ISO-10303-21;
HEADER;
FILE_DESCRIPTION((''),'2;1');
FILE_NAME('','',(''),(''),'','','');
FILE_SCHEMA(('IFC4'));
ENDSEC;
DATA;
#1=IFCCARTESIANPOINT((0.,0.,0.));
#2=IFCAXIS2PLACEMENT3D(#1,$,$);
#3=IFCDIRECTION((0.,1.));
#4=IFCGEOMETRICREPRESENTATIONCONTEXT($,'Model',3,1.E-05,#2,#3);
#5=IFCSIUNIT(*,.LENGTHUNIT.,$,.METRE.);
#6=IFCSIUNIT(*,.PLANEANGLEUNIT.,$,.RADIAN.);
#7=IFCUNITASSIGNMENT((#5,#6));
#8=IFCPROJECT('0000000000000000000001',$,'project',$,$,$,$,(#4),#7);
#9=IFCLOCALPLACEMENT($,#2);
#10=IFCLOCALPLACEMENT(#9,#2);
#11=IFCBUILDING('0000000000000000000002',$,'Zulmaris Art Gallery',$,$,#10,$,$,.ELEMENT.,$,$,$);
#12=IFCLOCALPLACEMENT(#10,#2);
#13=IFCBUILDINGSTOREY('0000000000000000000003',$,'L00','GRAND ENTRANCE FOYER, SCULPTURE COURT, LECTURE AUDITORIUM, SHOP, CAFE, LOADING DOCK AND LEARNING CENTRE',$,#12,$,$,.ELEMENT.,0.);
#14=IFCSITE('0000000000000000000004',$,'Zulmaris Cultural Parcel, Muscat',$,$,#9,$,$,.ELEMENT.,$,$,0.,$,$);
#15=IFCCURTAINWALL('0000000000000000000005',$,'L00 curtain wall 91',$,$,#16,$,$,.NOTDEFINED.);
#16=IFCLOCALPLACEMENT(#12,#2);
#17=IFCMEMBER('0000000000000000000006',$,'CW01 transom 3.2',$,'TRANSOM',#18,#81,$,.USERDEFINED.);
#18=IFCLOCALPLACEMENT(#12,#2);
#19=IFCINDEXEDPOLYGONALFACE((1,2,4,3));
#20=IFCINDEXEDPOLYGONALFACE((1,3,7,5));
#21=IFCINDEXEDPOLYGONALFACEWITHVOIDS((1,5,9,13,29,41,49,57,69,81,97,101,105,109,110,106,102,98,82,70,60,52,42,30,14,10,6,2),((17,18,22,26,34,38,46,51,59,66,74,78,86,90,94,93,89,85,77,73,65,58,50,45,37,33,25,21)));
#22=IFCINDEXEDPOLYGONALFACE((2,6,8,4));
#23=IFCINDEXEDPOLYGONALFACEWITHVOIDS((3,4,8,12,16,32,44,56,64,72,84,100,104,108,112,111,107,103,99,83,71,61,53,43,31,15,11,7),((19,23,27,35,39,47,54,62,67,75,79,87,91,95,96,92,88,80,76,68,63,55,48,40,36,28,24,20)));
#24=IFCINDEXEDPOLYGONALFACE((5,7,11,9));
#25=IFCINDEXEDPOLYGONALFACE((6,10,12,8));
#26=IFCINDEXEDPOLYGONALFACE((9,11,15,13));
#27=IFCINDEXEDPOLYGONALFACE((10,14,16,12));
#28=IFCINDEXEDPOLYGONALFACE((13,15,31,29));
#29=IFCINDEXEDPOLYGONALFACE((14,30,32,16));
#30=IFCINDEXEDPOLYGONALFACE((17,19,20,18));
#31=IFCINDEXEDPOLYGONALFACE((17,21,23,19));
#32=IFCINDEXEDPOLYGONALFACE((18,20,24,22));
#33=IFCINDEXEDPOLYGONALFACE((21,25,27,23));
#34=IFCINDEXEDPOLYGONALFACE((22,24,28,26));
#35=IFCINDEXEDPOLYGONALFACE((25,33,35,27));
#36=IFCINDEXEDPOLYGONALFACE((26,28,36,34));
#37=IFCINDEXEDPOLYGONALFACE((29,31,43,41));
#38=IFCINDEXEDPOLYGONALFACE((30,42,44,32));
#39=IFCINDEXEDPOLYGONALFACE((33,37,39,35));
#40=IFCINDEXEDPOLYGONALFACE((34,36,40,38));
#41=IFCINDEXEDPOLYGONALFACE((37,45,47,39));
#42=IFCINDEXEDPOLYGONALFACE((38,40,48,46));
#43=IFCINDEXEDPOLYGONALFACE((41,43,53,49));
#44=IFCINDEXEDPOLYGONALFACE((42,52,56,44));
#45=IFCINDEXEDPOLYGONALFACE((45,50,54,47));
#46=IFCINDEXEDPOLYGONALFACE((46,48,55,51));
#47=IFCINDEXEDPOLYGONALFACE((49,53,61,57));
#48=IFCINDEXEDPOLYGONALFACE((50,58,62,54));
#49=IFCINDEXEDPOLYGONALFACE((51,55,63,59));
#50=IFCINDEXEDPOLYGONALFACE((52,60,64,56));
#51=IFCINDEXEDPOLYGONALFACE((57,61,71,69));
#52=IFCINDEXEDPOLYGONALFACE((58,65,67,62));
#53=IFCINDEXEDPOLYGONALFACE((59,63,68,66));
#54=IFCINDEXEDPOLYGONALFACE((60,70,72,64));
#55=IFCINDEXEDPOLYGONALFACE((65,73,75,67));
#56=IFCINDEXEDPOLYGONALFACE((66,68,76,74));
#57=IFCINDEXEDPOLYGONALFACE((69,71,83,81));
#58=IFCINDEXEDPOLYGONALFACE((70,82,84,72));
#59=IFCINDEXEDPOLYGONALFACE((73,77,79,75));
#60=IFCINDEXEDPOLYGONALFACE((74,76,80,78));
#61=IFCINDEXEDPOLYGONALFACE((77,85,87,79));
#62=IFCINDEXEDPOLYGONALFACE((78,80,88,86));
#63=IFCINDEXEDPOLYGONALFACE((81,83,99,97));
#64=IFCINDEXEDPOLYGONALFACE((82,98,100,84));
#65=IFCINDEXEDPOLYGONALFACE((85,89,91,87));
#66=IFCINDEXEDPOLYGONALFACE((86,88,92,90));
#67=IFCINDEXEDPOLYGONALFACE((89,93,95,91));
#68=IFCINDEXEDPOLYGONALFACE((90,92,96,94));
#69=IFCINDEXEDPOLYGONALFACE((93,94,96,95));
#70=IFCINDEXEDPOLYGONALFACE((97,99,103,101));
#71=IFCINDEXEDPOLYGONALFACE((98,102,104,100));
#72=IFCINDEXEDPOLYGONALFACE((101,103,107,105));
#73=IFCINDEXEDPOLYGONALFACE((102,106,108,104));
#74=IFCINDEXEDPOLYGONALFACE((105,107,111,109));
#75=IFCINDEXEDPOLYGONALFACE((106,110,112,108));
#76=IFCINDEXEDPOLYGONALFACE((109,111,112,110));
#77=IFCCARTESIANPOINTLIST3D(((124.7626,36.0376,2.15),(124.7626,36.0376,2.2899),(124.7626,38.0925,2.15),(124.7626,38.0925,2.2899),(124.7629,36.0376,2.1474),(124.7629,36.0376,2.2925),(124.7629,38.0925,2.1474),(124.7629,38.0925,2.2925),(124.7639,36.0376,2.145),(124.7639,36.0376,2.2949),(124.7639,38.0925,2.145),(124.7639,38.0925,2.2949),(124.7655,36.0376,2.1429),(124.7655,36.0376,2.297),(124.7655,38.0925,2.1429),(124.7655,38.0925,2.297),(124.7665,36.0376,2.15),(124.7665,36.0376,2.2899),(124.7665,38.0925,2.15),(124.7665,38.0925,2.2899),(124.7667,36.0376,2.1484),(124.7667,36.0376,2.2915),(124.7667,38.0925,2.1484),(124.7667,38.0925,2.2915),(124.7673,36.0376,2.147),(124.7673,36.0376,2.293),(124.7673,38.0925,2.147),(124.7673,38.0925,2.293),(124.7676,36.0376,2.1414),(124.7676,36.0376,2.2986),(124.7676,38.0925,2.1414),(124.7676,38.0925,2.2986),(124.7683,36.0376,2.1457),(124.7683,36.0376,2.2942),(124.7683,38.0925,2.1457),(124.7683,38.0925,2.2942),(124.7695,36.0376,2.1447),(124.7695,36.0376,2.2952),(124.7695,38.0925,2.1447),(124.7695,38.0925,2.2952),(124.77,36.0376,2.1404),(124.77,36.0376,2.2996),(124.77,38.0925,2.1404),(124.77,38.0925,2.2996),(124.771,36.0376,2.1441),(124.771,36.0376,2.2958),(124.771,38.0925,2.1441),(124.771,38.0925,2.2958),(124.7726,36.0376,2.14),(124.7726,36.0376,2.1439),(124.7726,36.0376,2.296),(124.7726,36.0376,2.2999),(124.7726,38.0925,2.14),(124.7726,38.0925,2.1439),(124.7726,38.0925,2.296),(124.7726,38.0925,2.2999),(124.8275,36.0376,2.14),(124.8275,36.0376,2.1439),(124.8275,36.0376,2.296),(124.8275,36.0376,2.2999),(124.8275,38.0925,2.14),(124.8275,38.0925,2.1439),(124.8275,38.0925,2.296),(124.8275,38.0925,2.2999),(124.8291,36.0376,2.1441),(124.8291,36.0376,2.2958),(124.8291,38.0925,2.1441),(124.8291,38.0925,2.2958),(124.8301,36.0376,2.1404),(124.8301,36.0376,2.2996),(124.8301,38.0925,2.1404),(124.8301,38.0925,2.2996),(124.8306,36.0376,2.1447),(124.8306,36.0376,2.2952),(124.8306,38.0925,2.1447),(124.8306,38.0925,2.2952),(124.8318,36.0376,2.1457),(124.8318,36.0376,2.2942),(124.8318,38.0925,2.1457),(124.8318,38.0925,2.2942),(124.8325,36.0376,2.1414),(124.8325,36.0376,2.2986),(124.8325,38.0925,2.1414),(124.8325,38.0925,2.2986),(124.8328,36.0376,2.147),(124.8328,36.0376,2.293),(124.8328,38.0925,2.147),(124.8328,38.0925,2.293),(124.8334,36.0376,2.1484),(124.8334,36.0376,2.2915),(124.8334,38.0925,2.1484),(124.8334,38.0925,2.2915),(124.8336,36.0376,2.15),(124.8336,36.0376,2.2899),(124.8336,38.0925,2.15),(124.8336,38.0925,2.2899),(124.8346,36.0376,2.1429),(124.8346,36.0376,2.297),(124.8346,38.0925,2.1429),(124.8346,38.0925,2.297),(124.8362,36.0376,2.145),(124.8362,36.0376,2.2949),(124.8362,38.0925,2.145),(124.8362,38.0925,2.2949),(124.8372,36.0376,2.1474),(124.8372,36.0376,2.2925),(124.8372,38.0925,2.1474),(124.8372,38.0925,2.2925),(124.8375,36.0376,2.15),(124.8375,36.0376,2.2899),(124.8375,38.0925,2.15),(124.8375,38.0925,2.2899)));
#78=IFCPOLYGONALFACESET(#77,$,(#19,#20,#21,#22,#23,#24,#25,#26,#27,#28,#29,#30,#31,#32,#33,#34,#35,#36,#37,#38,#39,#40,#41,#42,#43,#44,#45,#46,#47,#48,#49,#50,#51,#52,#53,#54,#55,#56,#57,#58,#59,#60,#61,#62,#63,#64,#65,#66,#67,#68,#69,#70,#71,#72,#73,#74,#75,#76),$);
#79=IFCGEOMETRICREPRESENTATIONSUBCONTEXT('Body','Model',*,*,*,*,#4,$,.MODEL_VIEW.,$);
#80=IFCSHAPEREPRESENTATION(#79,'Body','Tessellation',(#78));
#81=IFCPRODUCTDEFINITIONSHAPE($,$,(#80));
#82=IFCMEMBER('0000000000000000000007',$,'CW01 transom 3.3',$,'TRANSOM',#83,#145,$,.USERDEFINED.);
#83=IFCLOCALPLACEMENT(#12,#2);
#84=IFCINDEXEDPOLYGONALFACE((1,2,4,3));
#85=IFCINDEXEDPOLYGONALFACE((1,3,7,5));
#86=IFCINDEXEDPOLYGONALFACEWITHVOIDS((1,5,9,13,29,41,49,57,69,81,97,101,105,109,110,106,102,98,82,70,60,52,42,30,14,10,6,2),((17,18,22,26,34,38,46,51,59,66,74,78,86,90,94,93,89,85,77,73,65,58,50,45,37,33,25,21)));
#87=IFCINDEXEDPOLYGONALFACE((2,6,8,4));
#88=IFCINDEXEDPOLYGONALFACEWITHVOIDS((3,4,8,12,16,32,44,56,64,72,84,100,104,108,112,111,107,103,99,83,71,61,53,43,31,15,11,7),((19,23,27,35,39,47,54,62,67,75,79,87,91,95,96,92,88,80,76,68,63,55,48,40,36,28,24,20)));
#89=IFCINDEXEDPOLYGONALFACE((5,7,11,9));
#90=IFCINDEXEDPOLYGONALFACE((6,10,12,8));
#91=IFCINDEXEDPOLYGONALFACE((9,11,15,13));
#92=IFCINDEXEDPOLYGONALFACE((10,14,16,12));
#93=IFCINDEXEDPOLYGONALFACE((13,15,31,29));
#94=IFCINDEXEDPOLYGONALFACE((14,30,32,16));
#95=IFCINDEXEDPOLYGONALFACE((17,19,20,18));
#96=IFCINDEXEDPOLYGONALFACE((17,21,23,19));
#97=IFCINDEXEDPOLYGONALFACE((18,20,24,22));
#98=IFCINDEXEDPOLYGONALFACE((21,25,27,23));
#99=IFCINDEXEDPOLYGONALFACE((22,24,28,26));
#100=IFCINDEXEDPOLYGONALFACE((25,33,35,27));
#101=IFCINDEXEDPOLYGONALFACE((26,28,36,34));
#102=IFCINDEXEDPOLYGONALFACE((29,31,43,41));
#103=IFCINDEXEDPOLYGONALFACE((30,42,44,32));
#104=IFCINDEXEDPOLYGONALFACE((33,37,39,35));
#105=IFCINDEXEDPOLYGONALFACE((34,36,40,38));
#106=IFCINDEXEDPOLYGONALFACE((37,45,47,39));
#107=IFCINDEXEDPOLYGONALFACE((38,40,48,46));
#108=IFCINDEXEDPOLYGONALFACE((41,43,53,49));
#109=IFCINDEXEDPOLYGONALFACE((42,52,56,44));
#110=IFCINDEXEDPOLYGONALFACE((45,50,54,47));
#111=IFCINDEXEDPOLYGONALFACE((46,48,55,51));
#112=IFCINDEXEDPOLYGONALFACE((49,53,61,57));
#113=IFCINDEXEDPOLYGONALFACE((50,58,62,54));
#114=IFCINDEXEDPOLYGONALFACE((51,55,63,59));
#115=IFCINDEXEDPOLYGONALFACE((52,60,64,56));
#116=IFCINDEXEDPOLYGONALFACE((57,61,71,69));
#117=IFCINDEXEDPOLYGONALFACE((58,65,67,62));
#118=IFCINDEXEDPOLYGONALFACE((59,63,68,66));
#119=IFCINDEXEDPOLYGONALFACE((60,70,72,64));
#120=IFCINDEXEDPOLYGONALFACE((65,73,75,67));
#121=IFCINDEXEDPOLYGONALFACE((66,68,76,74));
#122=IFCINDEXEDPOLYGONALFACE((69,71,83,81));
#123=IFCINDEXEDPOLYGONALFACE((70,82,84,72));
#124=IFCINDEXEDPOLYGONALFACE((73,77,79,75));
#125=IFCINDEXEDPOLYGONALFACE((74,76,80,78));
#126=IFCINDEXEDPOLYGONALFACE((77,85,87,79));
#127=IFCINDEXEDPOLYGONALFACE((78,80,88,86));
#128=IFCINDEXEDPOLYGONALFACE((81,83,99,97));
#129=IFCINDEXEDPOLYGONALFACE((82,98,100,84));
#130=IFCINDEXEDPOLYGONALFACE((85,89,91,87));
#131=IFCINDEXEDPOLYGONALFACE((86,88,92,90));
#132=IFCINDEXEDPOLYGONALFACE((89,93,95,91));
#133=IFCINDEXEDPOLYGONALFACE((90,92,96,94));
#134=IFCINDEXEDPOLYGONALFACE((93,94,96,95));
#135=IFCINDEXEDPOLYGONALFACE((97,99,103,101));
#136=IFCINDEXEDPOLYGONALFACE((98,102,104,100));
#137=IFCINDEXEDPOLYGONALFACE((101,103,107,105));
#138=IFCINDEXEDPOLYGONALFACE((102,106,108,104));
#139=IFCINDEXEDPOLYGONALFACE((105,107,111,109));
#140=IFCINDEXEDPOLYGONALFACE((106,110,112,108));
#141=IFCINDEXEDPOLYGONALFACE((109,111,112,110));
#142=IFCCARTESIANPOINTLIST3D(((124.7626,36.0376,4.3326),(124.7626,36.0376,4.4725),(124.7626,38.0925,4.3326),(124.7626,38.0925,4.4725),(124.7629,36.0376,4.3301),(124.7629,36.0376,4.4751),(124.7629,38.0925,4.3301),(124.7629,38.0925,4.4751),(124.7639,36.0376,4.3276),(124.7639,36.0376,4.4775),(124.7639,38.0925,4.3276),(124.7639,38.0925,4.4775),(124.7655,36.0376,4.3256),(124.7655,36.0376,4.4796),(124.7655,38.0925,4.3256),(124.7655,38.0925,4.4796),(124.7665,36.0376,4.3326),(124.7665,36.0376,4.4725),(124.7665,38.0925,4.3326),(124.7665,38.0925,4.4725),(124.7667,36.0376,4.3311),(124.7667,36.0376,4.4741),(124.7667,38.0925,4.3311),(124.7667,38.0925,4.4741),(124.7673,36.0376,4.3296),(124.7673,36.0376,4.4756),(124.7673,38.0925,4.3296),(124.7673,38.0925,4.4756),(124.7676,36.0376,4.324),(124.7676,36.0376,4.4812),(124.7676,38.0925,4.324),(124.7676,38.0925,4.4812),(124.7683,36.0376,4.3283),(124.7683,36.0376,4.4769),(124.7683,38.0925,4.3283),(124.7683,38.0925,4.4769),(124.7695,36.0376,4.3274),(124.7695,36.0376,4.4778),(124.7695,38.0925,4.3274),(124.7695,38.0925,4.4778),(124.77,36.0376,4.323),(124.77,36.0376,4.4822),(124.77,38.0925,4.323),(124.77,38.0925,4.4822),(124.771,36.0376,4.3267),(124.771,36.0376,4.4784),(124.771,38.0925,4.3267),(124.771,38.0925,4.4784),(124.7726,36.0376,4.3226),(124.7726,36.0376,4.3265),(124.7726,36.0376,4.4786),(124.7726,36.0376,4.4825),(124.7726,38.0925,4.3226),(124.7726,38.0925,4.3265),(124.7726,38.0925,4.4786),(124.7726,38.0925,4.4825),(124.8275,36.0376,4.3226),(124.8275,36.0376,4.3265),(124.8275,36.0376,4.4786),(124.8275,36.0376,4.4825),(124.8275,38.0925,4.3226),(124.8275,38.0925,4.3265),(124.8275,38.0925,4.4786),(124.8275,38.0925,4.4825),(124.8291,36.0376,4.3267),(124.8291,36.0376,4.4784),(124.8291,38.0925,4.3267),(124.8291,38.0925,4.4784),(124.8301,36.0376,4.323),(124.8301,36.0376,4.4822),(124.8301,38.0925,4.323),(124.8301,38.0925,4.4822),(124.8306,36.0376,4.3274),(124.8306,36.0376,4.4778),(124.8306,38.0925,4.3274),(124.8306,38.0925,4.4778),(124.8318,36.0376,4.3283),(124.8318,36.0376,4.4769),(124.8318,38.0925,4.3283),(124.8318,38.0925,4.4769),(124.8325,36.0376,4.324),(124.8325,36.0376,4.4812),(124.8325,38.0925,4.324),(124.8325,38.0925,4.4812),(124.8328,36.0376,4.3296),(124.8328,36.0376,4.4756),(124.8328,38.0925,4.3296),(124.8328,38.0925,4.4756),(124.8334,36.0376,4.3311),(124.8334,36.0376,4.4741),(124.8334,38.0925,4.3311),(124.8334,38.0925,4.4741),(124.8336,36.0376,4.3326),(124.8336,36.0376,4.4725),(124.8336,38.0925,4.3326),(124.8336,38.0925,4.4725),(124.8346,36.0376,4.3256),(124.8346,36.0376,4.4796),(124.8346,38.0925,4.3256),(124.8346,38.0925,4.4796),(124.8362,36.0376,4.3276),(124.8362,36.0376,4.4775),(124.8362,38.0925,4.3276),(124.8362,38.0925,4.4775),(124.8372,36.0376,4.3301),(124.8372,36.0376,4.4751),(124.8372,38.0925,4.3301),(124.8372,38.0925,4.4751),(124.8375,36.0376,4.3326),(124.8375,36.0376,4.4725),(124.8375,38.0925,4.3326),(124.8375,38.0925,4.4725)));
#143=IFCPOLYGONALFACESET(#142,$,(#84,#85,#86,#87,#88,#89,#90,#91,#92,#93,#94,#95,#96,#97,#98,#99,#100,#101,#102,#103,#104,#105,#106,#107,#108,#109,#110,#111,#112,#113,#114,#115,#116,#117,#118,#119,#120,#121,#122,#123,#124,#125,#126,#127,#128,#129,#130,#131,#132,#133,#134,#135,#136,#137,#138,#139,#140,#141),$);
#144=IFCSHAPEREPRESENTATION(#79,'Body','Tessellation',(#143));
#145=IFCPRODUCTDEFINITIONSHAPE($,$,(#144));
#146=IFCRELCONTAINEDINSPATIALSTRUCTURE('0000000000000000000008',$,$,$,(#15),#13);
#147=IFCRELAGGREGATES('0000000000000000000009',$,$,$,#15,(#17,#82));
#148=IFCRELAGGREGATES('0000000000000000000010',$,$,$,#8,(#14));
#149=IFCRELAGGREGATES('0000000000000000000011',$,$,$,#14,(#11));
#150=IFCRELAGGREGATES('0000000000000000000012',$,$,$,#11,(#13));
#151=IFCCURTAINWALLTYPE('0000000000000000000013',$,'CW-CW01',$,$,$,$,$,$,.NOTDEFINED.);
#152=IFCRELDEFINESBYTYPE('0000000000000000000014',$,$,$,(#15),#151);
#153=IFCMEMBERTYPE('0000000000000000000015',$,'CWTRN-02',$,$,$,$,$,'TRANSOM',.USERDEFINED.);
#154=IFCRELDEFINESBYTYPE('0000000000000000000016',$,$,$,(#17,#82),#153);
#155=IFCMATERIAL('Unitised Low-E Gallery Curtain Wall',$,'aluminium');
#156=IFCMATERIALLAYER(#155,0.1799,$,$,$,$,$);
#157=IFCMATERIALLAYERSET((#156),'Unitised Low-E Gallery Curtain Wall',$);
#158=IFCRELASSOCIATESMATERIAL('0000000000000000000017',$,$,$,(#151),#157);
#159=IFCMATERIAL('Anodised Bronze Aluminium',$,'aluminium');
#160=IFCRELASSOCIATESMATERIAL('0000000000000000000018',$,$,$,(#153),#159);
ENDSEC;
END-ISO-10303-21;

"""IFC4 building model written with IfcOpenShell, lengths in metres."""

from ifc_helpers import new_model, si_unit, direction, frame, origin, origin_2d, place, context, subcontext, project, spatial, hollow_rectangle, extrude, material, layer, layer_set, material_profile, profile_set, type_object, element, aggregate, save


model = new_model("IFC4")

# Units and contexts
model_context = context("Model", 3, precision=1e-05, world=origin(), true_north=direction((0.0, 1.0)))
body_context = subcontext(model_context, "Body", "Model", "MODEL_VIEW")
ifc_project = project(units=[si_unit("LENGTHUNIT", "METRE"), si_unit("PLANEANGLEUNIT", "RADIAN")], contexts=[model_context])

# Site, building, storey
site_placement = place(None, origin())
site = spatial("IfcSite", under=ifc_project, at=site_placement, Name="Zulmaris Cultural Parcel, Muscat", CompositionType="ELEMENT", RefElevation=0.0)
building_placement = place(site_placement, origin())
building = spatial("IfcBuilding", under=site, at=building_placement, Name="Zulmaris Art Gallery", CompositionType="ELEMENT")
storey_placement = place(building_placement, origin())
storey = spatial("IfcBuildingStorey", under=building, at=storey_placement, Name="L00", Description="GRAND ENTRANCE FOYER, SCULPTURE COURT, LECTURE AUDITORIUM, SHOP, CAFE, LOADING DOCK AND LEARNING CENTRE", CompositionType="ELEMENT", Elevation=0.0)

# Curtain wall
ifc_material_1 = material(Name="Unitised Low-E Gallery Curtain Wall", Category="aluminium")
ifc_layer_1 = layer(ifc_material_1, 0.1799)
ifc_layer_set_1 = layer_set([ifc_layer_1], Name="Unitised Low-E Gallery Curtain Wall")
curtain_wall_type = type_object("IfcCurtainWallType", Name="CW-CW01", PredefinedType="NOTDEFINED", material=ifc_layer_set_1)
curtain_wall_1_placement = place(storey_placement, origin())
curtain_wall_1 = element("IfcCurtainWall", 1, at=curtain_wall_1_placement, inside=storey, type_object=curtain_wall_type, Name="L00 curtain wall 91", PredefinedType="NOTDEFINED")
ifc_material_2 = material(Name="Anodised Bronze Aluminium", Category="aluminium")

# Members
ifc_material_profile_1 = material_profile(ifc_material_2, hollow_rectangle(XDim=0.075, YDim=0.1599, WallThickness=0.0039, InnerFilletRadius=0.0061, OuterFilletRadius=0.01, at=origin_2d()), Name="ALU 75x160x4")
ifc_profile_set_1 = profile_set([ifc_material_profile_1], Name="Anodised Bronze Aluminium")
member_type_1 = type_object("IfcMemberType", Name="CWTRN-02", ElementType="TRANSOM", PredefinedType="USERDEFINED", material=ifc_profile_set_1)
member_1_placement = place(storey_placement, frame((124.8, 36.0376, 2.22), z_axis=(0.0, 1.0, 0.0), x_axis=(-1.0, 0.0, 0.0)))
member_1 = element("IfcMember", 2, at=member_1_placement, type_object=member_type_1, Name="CW01 transom 3.2", ObjectType="TRANSOM", PredefinedType="USERDEFINED", context=body_context, shape_type="SweptSolid", body=[
    extrude(hollow_rectangle(XDim=0.075, YDim=0.1599, WallThickness=0.0039, InnerFilletRadius=0.0061, OuterFilletRadius=0.01, at=origin_2d()), origin(), (0.0, 0.0, 1.0), 2.0549),
])
member_2_placement = place(storey_placement, frame((124.8, 36.0376, 4.4026), z_axis=(0.0, 1.0, 0.0), x_axis=(-1.0, 0.0, 0.0)))
member_2 = element("IfcMember", 3, at=member_2_placement, type_object=member_type_1, Name="CW01 transom 3.3", ObjectType="TRANSOM", PredefinedType="USERDEFINED", context=body_context, shape_type="SweptSolid", body=[
    extrude(hollow_rectangle(XDim=0.075, YDim=0.1599, WallThickness=0.0039, InnerFilletRadius=0.0061, OuterFilletRadius=0.01, at=origin_2d()), origin(), (0.0, 0.0, 1.0), 2.0549),
])

aggregate(curtain_wall_1, [member_1, member_2])

save(model, "model.ifc")
